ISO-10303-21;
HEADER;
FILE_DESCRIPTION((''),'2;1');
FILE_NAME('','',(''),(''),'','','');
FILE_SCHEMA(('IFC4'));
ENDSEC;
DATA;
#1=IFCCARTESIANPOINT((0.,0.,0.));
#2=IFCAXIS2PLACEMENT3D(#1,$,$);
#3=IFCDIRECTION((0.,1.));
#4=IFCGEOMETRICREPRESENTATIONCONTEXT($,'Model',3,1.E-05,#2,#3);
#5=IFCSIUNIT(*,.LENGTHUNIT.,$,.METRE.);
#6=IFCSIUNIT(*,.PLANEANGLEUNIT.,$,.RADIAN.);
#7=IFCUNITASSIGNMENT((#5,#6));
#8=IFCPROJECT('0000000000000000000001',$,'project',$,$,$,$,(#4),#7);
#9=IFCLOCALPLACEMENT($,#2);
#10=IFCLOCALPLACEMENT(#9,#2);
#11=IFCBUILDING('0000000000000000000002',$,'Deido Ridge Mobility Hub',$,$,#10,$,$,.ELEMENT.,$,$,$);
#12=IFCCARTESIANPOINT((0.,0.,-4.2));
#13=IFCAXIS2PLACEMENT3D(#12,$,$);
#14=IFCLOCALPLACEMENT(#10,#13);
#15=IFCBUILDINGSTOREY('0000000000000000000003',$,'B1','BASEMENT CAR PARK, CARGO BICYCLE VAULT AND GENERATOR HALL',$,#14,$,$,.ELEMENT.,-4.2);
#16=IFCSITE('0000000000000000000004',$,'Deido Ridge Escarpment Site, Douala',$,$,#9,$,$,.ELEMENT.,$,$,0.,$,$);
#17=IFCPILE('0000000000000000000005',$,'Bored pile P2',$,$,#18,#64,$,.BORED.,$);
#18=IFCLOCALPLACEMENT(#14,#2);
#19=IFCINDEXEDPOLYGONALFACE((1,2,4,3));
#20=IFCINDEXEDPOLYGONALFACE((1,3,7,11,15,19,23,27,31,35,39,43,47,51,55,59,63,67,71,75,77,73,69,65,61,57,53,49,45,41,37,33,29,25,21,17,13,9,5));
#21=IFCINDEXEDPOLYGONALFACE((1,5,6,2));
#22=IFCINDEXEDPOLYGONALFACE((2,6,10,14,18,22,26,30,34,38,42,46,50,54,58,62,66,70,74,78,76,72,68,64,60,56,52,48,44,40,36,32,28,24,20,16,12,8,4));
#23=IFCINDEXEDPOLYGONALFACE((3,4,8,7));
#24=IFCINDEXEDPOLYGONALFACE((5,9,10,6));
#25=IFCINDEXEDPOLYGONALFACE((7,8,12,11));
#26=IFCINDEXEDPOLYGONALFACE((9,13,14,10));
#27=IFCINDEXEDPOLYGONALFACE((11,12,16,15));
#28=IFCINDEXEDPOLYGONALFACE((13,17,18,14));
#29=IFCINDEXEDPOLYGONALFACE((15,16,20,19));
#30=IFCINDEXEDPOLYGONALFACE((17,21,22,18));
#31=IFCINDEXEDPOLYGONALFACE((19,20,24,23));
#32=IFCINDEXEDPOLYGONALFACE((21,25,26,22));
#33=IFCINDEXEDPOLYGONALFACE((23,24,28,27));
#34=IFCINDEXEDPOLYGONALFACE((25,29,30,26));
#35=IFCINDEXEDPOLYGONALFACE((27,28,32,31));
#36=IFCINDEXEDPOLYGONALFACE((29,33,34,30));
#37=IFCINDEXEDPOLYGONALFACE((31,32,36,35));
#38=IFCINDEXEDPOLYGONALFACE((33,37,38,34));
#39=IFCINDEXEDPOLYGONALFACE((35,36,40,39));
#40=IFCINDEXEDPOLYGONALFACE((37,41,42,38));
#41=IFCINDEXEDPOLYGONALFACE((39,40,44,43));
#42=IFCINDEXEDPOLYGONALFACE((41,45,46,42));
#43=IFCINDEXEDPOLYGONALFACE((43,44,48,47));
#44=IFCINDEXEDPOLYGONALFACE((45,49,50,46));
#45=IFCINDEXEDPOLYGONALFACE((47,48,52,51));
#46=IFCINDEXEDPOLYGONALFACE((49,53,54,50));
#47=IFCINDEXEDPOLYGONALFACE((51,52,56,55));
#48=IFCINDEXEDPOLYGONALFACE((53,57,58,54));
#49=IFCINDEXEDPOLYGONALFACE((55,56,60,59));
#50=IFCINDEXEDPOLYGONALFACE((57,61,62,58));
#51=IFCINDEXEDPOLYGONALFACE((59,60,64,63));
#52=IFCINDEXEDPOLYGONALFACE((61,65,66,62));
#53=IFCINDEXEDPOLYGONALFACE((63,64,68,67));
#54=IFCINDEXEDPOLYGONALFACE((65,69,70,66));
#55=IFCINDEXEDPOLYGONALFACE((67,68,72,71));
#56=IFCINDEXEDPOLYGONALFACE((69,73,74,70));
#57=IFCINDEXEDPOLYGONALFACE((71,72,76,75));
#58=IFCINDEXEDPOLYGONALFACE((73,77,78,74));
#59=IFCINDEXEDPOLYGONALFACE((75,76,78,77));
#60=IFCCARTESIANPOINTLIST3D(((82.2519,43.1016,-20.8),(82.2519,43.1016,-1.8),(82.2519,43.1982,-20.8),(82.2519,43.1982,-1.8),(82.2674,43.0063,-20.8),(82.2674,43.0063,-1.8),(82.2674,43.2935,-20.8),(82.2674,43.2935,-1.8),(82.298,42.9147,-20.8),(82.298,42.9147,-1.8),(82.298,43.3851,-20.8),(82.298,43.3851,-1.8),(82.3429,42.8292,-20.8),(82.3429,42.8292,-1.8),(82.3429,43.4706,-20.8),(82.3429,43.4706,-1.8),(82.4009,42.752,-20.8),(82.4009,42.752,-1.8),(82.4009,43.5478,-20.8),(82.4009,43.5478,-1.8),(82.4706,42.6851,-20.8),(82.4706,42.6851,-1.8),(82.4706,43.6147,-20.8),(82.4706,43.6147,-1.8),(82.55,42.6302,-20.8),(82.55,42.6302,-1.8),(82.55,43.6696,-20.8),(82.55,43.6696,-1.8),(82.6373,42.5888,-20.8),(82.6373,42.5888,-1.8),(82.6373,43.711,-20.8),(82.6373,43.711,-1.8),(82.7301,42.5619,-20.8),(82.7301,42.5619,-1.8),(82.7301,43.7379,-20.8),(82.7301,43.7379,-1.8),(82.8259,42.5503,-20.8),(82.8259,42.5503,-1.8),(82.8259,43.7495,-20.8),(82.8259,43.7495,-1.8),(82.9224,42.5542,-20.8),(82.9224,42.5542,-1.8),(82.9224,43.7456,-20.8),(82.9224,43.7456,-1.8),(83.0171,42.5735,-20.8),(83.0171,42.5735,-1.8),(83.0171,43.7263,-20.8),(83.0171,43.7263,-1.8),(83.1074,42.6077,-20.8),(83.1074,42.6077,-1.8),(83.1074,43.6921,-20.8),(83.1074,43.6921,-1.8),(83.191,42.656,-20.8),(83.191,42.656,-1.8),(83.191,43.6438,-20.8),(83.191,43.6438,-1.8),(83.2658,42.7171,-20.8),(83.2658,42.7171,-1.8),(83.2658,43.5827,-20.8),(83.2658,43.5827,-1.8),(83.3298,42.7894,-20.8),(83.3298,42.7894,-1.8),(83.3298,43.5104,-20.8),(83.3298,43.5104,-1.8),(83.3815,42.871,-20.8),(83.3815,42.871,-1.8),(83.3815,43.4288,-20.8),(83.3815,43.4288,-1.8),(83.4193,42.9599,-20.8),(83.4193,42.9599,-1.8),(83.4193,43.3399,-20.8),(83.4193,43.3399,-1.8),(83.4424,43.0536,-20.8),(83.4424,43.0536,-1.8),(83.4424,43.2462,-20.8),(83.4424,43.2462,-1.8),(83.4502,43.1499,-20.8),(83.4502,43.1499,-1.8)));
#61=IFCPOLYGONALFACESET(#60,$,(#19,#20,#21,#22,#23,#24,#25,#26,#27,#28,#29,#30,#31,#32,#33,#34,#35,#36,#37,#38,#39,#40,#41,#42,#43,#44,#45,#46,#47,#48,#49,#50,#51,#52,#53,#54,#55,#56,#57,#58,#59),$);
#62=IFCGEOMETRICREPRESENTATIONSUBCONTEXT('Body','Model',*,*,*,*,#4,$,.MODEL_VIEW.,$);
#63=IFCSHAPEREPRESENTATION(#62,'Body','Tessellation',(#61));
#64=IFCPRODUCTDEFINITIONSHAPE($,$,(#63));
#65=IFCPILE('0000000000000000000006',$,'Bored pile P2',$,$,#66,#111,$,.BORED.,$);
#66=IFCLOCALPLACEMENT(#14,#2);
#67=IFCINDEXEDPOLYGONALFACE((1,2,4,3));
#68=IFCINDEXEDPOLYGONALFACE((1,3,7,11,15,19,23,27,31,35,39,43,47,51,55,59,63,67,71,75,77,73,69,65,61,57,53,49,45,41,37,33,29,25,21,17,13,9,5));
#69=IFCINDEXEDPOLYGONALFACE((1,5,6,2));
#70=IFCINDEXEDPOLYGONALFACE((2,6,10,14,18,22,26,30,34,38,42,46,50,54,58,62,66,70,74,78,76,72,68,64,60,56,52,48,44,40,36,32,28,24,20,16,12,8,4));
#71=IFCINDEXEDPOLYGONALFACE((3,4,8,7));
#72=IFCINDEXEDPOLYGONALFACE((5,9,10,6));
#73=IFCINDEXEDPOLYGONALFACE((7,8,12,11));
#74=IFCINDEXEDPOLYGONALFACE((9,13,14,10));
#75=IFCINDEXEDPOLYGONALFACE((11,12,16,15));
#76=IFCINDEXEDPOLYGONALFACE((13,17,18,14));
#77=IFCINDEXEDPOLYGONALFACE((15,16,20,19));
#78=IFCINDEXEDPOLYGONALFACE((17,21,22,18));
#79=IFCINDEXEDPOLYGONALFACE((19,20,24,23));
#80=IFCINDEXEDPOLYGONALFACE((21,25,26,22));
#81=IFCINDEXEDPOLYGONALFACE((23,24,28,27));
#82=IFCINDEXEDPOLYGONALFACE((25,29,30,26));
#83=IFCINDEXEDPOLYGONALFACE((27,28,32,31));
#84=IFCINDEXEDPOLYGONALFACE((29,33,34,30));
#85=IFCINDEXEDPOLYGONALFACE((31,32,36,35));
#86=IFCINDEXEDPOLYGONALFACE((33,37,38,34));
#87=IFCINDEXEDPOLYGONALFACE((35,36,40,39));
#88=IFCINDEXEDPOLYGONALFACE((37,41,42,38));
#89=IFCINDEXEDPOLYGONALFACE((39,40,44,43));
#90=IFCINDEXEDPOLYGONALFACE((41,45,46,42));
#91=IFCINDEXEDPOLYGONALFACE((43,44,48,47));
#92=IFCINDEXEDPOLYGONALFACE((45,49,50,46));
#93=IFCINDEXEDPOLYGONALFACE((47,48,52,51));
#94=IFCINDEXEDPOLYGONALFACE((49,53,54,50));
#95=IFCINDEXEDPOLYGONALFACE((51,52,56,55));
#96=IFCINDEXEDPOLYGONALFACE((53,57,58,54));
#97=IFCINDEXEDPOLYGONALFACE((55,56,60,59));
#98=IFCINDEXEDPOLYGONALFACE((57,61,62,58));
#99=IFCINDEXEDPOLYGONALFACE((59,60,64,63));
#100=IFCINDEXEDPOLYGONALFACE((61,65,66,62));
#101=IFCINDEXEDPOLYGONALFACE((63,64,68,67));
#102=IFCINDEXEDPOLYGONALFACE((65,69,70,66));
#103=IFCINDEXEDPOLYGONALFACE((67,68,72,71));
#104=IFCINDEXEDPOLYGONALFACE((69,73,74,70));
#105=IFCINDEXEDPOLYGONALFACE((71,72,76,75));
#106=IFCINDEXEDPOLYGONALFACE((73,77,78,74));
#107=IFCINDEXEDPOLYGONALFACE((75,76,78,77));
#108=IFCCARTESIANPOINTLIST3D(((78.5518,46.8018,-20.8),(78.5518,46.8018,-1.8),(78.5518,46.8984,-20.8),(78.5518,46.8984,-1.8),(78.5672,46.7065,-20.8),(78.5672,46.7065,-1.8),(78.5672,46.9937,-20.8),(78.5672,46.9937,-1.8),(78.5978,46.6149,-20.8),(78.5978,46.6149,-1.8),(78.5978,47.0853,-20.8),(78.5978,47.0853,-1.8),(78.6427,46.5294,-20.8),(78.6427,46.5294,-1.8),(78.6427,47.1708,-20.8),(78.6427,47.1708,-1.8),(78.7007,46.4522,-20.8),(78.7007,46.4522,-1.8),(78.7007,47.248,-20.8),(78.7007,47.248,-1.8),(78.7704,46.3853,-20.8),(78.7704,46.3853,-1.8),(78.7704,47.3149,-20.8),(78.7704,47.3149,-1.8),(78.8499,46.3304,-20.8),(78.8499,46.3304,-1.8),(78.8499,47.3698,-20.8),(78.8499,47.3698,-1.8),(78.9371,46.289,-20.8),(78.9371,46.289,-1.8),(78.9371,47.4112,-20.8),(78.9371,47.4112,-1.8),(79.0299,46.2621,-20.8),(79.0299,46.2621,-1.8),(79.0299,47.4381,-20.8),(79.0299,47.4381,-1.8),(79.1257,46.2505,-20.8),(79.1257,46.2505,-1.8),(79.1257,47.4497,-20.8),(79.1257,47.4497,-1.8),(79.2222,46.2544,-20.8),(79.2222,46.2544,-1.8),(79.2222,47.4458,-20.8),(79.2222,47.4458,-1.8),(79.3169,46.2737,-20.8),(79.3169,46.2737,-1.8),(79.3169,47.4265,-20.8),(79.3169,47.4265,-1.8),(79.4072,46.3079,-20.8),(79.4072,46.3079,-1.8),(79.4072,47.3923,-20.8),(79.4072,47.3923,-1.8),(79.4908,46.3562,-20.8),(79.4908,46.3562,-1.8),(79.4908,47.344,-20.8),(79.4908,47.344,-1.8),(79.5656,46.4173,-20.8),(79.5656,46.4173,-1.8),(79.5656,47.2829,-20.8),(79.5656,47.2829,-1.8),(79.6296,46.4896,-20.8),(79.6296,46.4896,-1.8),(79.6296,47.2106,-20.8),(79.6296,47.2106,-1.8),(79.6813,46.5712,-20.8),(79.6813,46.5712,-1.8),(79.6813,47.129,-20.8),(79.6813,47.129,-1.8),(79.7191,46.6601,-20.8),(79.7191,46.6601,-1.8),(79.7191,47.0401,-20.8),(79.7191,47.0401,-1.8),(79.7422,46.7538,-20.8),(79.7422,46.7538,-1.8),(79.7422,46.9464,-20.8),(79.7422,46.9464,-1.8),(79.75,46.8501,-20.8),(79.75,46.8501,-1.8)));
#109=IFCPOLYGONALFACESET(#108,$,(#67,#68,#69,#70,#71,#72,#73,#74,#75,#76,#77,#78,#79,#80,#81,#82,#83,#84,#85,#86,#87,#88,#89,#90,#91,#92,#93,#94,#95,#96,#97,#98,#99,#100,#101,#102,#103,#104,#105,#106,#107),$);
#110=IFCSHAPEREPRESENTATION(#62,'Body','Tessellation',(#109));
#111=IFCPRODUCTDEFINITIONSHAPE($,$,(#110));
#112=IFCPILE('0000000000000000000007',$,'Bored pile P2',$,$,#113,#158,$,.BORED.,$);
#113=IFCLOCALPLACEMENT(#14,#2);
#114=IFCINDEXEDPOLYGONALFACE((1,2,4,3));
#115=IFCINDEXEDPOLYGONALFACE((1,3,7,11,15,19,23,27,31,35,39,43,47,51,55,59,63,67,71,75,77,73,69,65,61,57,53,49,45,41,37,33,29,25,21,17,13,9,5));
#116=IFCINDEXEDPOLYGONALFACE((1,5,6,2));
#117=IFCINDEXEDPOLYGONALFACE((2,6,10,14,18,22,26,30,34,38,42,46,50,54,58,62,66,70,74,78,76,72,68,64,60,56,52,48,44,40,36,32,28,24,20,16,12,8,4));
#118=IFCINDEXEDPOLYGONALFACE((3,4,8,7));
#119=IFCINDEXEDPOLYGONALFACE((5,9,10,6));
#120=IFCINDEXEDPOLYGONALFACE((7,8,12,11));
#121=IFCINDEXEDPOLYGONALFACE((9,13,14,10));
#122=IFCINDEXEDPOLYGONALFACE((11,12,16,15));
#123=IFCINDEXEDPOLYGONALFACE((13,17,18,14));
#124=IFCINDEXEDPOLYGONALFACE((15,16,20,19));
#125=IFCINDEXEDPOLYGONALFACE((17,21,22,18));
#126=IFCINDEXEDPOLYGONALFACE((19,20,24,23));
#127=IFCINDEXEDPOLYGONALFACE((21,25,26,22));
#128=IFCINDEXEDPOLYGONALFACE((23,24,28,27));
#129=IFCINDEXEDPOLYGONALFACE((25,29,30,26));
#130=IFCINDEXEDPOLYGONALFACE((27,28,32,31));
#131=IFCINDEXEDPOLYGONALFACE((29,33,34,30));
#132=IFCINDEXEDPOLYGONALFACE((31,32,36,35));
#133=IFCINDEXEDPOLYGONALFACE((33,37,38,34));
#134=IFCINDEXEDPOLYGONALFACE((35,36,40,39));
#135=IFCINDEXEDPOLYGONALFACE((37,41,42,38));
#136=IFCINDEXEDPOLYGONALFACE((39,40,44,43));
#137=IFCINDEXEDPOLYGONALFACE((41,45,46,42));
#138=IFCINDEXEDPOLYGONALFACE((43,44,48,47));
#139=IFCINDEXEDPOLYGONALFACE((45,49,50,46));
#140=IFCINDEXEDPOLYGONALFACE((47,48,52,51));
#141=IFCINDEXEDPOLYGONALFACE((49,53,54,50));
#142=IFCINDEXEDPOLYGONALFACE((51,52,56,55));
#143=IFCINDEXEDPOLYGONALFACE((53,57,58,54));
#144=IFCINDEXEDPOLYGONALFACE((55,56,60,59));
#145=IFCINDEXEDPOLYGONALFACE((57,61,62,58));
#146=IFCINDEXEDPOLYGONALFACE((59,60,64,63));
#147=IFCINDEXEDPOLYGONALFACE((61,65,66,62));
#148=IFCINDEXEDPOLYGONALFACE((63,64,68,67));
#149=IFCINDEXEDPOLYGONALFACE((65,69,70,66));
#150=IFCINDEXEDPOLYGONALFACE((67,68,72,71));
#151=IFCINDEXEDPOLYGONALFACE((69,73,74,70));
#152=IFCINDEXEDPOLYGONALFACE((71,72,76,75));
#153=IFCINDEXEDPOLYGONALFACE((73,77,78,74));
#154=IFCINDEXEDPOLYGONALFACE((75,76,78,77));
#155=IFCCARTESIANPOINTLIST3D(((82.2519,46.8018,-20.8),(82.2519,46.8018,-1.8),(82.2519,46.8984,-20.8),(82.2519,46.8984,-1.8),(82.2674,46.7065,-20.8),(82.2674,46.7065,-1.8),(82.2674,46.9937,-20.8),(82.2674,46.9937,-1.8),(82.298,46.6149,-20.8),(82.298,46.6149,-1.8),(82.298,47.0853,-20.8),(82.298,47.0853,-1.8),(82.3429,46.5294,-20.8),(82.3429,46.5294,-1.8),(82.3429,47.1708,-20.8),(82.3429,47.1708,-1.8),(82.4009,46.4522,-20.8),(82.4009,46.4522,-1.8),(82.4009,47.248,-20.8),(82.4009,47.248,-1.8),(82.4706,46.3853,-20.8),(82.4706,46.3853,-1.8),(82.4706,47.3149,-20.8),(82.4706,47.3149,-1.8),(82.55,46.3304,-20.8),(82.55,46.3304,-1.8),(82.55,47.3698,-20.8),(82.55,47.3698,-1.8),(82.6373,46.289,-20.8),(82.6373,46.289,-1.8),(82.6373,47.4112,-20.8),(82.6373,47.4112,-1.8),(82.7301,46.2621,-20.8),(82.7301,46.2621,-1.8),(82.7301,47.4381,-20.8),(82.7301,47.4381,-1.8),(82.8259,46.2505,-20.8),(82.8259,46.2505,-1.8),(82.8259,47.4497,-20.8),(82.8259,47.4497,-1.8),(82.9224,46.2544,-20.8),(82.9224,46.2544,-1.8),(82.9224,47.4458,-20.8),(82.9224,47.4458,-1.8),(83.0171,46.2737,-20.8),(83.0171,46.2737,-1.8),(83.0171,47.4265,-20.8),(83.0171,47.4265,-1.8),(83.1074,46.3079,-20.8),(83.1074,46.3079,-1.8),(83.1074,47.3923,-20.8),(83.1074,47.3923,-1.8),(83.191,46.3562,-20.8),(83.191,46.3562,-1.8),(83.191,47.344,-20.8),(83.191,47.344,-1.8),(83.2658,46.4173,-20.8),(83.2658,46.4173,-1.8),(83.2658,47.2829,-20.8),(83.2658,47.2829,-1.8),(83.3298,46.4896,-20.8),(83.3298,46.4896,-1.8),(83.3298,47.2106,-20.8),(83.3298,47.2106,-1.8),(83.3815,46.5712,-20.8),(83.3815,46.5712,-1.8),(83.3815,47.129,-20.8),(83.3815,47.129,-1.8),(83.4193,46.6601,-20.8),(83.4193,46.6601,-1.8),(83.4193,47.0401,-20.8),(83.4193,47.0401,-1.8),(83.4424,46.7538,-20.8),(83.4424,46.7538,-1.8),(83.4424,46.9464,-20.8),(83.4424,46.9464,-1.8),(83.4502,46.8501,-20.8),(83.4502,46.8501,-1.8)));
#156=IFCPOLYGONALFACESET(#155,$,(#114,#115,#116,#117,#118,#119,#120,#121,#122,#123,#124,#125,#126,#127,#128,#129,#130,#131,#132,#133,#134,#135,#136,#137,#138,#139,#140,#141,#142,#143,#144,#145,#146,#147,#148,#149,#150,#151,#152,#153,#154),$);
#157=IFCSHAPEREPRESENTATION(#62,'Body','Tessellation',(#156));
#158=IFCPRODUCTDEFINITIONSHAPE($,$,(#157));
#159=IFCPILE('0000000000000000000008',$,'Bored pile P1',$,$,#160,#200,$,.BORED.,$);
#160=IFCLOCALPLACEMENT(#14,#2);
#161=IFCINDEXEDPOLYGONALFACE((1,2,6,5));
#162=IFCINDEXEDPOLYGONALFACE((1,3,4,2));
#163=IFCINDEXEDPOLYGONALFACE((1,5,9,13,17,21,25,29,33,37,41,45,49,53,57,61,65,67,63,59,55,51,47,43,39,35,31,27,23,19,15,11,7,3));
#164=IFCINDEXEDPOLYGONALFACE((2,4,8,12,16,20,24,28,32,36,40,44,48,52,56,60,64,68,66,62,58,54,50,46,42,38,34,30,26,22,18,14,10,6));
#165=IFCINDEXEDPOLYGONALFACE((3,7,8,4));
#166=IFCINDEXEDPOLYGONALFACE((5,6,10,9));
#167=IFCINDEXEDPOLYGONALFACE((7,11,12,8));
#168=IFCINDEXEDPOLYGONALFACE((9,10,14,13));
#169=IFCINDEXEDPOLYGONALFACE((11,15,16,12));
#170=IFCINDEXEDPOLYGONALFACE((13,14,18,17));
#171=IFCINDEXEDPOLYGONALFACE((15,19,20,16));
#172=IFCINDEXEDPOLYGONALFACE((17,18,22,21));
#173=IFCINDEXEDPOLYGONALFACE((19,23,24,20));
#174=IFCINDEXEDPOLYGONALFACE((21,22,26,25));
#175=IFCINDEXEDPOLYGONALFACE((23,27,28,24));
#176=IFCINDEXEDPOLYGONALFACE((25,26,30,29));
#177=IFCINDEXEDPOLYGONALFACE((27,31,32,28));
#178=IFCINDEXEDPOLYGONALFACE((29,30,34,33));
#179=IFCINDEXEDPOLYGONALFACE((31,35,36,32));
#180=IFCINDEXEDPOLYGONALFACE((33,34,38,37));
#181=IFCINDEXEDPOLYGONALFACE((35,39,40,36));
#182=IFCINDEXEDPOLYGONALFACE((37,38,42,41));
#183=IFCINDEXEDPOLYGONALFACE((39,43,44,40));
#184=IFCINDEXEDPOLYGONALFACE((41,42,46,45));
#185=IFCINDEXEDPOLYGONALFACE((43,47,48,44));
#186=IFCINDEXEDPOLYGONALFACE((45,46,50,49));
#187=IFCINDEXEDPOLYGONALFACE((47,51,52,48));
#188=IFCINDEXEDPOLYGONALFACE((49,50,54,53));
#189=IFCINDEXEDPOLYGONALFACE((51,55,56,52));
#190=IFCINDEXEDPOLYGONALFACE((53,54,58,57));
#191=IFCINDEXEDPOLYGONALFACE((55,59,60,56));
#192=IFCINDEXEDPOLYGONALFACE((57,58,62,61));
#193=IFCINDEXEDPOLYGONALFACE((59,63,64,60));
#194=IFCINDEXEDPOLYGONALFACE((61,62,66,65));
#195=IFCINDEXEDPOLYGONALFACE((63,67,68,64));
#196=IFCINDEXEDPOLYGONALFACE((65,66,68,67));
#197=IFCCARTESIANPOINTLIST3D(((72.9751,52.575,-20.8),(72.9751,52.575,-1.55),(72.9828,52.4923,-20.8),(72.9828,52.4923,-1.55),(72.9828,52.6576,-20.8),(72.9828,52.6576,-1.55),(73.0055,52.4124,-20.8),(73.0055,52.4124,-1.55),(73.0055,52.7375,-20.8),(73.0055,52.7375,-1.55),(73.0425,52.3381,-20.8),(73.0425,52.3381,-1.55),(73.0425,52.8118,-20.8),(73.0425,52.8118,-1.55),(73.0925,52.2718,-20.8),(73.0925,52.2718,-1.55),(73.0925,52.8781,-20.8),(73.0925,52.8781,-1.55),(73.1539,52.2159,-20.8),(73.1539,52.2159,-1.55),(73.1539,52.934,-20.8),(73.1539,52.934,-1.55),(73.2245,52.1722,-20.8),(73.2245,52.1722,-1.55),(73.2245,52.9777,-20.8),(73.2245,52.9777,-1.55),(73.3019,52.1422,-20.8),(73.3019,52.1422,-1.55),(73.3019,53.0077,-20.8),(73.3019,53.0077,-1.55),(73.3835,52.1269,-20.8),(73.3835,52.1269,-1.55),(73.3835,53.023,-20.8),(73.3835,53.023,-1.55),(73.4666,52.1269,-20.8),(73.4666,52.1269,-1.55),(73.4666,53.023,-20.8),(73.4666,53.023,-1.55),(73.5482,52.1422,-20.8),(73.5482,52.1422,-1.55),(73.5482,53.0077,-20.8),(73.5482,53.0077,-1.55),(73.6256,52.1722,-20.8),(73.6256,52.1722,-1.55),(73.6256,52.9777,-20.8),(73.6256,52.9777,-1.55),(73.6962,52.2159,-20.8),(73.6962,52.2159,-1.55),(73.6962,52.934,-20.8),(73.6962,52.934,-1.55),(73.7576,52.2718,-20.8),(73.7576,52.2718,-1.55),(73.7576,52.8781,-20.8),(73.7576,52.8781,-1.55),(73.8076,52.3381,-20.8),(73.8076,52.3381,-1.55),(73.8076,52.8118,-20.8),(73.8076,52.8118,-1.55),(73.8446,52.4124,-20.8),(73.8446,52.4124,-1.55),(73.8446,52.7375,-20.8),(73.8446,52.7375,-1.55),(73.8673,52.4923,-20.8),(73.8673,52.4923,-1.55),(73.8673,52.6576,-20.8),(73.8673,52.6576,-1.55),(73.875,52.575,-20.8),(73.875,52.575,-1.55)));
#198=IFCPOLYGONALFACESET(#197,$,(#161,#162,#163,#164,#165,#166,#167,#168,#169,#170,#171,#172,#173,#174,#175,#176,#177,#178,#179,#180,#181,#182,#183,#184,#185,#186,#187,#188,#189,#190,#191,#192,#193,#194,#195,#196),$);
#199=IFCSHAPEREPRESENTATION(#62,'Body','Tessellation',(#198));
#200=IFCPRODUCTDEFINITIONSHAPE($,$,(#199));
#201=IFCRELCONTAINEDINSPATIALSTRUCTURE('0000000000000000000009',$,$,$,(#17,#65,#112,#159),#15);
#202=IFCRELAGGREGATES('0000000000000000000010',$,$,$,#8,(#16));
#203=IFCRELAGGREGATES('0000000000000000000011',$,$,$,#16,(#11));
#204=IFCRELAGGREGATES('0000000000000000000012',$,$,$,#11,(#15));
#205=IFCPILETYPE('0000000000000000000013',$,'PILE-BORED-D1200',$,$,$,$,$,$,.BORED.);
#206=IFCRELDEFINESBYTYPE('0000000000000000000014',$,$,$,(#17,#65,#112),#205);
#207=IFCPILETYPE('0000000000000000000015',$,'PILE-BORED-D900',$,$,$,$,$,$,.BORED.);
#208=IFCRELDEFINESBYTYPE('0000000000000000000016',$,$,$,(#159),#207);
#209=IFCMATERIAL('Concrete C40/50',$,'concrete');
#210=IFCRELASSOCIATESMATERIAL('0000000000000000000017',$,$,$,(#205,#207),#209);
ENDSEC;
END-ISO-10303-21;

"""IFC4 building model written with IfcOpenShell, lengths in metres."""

from ifc_helpers import new_model, si_unit, direction, frame, origin, origin_2d, place, context, subcontext, project, spatial, circle, extrude, material, material_profile, profile_set, type_object, element, save


model = new_model("IFC4")

# Units and contexts
model_context = context("Model", 3, precision=1e-05, world=origin(), true_north=direction((0.0, 1.0)))
body_context = subcontext(model_context, "Body", "Model", "MODEL_VIEW")
ifc_project = project(units=[si_unit("LENGTHUNIT", "METRE"), si_unit("PLANEANGLEUNIT", "RADIAN")], contexts=[model_context])

# Site, building, storey
site_placement = place(None, origin())
site = spatial("IfcSite", under=ifc_project, at=site_placement, Name="Deido Ridge Escarpment Site, Douala", CompositionType="ELEMENT", RefElevation=0.0)
building_placement = place(site_placement, origin())
building = spatial("IfcBuilding", under=site, at=building_placement, Name="Deido Ridge Mobility Hub", CompositionType="ELEMENT")
storey_placement = place(building_placement, frame((0.0, 0.0, -4.2)))
storey = spatial("IfcBuildingStorey", under=building, at=storey_placement, Name="B1", Description="BASEMENT CAR PARK, CARGO BICYCLE VAULT AND GENERATOR HALL", CompositionType="ELEMENT", Elevation=-4.2)

# Shared definitions
ifc_material_1 = material(Name="Concrete C40/50", Category="concrete")

# Piles
ifc_material_profile_1 = material_profile(ifc_material_1, circle(Radius=0.6001, at=origin_2d()), Name="BORED PILE D1200")
ifc_profile_set_1 = profile_set([ifc_material_profile_1], Name="Concrete C40/50")
pile_type_1 = type_object("IfcPileType", Name="PILE-BORED-D1200", PredefinedType="BORED", material=ifc_profile_set_1)
for number, where, z_axis, x_axis, name in (
    (1, (82.8501, 43.1499, -1.8), (0.0, 0.0, -1.0), (1.0, 0.0, 0.0), "Bored pile P2"),
    (2, (79.1499, 46.8501, -1.8), (0.0, 0.0, -1.0), (1.0, 0.0, 0.0), "Bored pile P2"),
    (3, (82.8501, 46.8501, -1.8), (0.0, 0.0, -1.0), (1.0, 0.0, 0.0), "Bored pile P2"),
):
    element("IfcPile", number, at=place(storey_placement, frame(where, z_axis=z_axis, x_axis=x_axis)), inside=storey, type_object=pile_type_1, Name=name, PredefinedType="BORED", context=body_context, shape_type="SweptSolid", body=[
        extrude(circle(Radius=0.6001, at=origin_2d()), origin(), (0.0, 0.0, 1.0), 19.0),
    ])
ifc_material_profile_2 = material_profile(ifc_material_1, circle(Radius=0.45, at=origin_2d()), Name="BORED PILE D900")
ifc_profile_set_2 = profile_set([ifc_material_profile_2], Name="Concrete C40/50")
pile_type_2 = type_object("IfcPileType", Name="PILE-BORED-D900", PredefinedType="BORED", material=ifc_profile_set_2)
for number, where, z_axis, x_axis, name in (
    (4, (73.425, 52.575, -1.55), (0.0, 0.0, -1.0), (1.0, 0.0, 0.0), "Bored pile P1"),
):
    element("IfcPile", number, at=place(storey_placement, frame(where, z_axis=z_axis, x_axis=x_axis)), inside=storey, type_object=pile_type_2, Name=name, PredefinedType="BORED", context=body_context, shape_type="SweptSolid", body=[
        extrude(circle(Radius=0.45, at=origin_2d()), origin(), (0.0, 0.0, 1.0), 19.25),
    ])

save(model, "model.ifc")
